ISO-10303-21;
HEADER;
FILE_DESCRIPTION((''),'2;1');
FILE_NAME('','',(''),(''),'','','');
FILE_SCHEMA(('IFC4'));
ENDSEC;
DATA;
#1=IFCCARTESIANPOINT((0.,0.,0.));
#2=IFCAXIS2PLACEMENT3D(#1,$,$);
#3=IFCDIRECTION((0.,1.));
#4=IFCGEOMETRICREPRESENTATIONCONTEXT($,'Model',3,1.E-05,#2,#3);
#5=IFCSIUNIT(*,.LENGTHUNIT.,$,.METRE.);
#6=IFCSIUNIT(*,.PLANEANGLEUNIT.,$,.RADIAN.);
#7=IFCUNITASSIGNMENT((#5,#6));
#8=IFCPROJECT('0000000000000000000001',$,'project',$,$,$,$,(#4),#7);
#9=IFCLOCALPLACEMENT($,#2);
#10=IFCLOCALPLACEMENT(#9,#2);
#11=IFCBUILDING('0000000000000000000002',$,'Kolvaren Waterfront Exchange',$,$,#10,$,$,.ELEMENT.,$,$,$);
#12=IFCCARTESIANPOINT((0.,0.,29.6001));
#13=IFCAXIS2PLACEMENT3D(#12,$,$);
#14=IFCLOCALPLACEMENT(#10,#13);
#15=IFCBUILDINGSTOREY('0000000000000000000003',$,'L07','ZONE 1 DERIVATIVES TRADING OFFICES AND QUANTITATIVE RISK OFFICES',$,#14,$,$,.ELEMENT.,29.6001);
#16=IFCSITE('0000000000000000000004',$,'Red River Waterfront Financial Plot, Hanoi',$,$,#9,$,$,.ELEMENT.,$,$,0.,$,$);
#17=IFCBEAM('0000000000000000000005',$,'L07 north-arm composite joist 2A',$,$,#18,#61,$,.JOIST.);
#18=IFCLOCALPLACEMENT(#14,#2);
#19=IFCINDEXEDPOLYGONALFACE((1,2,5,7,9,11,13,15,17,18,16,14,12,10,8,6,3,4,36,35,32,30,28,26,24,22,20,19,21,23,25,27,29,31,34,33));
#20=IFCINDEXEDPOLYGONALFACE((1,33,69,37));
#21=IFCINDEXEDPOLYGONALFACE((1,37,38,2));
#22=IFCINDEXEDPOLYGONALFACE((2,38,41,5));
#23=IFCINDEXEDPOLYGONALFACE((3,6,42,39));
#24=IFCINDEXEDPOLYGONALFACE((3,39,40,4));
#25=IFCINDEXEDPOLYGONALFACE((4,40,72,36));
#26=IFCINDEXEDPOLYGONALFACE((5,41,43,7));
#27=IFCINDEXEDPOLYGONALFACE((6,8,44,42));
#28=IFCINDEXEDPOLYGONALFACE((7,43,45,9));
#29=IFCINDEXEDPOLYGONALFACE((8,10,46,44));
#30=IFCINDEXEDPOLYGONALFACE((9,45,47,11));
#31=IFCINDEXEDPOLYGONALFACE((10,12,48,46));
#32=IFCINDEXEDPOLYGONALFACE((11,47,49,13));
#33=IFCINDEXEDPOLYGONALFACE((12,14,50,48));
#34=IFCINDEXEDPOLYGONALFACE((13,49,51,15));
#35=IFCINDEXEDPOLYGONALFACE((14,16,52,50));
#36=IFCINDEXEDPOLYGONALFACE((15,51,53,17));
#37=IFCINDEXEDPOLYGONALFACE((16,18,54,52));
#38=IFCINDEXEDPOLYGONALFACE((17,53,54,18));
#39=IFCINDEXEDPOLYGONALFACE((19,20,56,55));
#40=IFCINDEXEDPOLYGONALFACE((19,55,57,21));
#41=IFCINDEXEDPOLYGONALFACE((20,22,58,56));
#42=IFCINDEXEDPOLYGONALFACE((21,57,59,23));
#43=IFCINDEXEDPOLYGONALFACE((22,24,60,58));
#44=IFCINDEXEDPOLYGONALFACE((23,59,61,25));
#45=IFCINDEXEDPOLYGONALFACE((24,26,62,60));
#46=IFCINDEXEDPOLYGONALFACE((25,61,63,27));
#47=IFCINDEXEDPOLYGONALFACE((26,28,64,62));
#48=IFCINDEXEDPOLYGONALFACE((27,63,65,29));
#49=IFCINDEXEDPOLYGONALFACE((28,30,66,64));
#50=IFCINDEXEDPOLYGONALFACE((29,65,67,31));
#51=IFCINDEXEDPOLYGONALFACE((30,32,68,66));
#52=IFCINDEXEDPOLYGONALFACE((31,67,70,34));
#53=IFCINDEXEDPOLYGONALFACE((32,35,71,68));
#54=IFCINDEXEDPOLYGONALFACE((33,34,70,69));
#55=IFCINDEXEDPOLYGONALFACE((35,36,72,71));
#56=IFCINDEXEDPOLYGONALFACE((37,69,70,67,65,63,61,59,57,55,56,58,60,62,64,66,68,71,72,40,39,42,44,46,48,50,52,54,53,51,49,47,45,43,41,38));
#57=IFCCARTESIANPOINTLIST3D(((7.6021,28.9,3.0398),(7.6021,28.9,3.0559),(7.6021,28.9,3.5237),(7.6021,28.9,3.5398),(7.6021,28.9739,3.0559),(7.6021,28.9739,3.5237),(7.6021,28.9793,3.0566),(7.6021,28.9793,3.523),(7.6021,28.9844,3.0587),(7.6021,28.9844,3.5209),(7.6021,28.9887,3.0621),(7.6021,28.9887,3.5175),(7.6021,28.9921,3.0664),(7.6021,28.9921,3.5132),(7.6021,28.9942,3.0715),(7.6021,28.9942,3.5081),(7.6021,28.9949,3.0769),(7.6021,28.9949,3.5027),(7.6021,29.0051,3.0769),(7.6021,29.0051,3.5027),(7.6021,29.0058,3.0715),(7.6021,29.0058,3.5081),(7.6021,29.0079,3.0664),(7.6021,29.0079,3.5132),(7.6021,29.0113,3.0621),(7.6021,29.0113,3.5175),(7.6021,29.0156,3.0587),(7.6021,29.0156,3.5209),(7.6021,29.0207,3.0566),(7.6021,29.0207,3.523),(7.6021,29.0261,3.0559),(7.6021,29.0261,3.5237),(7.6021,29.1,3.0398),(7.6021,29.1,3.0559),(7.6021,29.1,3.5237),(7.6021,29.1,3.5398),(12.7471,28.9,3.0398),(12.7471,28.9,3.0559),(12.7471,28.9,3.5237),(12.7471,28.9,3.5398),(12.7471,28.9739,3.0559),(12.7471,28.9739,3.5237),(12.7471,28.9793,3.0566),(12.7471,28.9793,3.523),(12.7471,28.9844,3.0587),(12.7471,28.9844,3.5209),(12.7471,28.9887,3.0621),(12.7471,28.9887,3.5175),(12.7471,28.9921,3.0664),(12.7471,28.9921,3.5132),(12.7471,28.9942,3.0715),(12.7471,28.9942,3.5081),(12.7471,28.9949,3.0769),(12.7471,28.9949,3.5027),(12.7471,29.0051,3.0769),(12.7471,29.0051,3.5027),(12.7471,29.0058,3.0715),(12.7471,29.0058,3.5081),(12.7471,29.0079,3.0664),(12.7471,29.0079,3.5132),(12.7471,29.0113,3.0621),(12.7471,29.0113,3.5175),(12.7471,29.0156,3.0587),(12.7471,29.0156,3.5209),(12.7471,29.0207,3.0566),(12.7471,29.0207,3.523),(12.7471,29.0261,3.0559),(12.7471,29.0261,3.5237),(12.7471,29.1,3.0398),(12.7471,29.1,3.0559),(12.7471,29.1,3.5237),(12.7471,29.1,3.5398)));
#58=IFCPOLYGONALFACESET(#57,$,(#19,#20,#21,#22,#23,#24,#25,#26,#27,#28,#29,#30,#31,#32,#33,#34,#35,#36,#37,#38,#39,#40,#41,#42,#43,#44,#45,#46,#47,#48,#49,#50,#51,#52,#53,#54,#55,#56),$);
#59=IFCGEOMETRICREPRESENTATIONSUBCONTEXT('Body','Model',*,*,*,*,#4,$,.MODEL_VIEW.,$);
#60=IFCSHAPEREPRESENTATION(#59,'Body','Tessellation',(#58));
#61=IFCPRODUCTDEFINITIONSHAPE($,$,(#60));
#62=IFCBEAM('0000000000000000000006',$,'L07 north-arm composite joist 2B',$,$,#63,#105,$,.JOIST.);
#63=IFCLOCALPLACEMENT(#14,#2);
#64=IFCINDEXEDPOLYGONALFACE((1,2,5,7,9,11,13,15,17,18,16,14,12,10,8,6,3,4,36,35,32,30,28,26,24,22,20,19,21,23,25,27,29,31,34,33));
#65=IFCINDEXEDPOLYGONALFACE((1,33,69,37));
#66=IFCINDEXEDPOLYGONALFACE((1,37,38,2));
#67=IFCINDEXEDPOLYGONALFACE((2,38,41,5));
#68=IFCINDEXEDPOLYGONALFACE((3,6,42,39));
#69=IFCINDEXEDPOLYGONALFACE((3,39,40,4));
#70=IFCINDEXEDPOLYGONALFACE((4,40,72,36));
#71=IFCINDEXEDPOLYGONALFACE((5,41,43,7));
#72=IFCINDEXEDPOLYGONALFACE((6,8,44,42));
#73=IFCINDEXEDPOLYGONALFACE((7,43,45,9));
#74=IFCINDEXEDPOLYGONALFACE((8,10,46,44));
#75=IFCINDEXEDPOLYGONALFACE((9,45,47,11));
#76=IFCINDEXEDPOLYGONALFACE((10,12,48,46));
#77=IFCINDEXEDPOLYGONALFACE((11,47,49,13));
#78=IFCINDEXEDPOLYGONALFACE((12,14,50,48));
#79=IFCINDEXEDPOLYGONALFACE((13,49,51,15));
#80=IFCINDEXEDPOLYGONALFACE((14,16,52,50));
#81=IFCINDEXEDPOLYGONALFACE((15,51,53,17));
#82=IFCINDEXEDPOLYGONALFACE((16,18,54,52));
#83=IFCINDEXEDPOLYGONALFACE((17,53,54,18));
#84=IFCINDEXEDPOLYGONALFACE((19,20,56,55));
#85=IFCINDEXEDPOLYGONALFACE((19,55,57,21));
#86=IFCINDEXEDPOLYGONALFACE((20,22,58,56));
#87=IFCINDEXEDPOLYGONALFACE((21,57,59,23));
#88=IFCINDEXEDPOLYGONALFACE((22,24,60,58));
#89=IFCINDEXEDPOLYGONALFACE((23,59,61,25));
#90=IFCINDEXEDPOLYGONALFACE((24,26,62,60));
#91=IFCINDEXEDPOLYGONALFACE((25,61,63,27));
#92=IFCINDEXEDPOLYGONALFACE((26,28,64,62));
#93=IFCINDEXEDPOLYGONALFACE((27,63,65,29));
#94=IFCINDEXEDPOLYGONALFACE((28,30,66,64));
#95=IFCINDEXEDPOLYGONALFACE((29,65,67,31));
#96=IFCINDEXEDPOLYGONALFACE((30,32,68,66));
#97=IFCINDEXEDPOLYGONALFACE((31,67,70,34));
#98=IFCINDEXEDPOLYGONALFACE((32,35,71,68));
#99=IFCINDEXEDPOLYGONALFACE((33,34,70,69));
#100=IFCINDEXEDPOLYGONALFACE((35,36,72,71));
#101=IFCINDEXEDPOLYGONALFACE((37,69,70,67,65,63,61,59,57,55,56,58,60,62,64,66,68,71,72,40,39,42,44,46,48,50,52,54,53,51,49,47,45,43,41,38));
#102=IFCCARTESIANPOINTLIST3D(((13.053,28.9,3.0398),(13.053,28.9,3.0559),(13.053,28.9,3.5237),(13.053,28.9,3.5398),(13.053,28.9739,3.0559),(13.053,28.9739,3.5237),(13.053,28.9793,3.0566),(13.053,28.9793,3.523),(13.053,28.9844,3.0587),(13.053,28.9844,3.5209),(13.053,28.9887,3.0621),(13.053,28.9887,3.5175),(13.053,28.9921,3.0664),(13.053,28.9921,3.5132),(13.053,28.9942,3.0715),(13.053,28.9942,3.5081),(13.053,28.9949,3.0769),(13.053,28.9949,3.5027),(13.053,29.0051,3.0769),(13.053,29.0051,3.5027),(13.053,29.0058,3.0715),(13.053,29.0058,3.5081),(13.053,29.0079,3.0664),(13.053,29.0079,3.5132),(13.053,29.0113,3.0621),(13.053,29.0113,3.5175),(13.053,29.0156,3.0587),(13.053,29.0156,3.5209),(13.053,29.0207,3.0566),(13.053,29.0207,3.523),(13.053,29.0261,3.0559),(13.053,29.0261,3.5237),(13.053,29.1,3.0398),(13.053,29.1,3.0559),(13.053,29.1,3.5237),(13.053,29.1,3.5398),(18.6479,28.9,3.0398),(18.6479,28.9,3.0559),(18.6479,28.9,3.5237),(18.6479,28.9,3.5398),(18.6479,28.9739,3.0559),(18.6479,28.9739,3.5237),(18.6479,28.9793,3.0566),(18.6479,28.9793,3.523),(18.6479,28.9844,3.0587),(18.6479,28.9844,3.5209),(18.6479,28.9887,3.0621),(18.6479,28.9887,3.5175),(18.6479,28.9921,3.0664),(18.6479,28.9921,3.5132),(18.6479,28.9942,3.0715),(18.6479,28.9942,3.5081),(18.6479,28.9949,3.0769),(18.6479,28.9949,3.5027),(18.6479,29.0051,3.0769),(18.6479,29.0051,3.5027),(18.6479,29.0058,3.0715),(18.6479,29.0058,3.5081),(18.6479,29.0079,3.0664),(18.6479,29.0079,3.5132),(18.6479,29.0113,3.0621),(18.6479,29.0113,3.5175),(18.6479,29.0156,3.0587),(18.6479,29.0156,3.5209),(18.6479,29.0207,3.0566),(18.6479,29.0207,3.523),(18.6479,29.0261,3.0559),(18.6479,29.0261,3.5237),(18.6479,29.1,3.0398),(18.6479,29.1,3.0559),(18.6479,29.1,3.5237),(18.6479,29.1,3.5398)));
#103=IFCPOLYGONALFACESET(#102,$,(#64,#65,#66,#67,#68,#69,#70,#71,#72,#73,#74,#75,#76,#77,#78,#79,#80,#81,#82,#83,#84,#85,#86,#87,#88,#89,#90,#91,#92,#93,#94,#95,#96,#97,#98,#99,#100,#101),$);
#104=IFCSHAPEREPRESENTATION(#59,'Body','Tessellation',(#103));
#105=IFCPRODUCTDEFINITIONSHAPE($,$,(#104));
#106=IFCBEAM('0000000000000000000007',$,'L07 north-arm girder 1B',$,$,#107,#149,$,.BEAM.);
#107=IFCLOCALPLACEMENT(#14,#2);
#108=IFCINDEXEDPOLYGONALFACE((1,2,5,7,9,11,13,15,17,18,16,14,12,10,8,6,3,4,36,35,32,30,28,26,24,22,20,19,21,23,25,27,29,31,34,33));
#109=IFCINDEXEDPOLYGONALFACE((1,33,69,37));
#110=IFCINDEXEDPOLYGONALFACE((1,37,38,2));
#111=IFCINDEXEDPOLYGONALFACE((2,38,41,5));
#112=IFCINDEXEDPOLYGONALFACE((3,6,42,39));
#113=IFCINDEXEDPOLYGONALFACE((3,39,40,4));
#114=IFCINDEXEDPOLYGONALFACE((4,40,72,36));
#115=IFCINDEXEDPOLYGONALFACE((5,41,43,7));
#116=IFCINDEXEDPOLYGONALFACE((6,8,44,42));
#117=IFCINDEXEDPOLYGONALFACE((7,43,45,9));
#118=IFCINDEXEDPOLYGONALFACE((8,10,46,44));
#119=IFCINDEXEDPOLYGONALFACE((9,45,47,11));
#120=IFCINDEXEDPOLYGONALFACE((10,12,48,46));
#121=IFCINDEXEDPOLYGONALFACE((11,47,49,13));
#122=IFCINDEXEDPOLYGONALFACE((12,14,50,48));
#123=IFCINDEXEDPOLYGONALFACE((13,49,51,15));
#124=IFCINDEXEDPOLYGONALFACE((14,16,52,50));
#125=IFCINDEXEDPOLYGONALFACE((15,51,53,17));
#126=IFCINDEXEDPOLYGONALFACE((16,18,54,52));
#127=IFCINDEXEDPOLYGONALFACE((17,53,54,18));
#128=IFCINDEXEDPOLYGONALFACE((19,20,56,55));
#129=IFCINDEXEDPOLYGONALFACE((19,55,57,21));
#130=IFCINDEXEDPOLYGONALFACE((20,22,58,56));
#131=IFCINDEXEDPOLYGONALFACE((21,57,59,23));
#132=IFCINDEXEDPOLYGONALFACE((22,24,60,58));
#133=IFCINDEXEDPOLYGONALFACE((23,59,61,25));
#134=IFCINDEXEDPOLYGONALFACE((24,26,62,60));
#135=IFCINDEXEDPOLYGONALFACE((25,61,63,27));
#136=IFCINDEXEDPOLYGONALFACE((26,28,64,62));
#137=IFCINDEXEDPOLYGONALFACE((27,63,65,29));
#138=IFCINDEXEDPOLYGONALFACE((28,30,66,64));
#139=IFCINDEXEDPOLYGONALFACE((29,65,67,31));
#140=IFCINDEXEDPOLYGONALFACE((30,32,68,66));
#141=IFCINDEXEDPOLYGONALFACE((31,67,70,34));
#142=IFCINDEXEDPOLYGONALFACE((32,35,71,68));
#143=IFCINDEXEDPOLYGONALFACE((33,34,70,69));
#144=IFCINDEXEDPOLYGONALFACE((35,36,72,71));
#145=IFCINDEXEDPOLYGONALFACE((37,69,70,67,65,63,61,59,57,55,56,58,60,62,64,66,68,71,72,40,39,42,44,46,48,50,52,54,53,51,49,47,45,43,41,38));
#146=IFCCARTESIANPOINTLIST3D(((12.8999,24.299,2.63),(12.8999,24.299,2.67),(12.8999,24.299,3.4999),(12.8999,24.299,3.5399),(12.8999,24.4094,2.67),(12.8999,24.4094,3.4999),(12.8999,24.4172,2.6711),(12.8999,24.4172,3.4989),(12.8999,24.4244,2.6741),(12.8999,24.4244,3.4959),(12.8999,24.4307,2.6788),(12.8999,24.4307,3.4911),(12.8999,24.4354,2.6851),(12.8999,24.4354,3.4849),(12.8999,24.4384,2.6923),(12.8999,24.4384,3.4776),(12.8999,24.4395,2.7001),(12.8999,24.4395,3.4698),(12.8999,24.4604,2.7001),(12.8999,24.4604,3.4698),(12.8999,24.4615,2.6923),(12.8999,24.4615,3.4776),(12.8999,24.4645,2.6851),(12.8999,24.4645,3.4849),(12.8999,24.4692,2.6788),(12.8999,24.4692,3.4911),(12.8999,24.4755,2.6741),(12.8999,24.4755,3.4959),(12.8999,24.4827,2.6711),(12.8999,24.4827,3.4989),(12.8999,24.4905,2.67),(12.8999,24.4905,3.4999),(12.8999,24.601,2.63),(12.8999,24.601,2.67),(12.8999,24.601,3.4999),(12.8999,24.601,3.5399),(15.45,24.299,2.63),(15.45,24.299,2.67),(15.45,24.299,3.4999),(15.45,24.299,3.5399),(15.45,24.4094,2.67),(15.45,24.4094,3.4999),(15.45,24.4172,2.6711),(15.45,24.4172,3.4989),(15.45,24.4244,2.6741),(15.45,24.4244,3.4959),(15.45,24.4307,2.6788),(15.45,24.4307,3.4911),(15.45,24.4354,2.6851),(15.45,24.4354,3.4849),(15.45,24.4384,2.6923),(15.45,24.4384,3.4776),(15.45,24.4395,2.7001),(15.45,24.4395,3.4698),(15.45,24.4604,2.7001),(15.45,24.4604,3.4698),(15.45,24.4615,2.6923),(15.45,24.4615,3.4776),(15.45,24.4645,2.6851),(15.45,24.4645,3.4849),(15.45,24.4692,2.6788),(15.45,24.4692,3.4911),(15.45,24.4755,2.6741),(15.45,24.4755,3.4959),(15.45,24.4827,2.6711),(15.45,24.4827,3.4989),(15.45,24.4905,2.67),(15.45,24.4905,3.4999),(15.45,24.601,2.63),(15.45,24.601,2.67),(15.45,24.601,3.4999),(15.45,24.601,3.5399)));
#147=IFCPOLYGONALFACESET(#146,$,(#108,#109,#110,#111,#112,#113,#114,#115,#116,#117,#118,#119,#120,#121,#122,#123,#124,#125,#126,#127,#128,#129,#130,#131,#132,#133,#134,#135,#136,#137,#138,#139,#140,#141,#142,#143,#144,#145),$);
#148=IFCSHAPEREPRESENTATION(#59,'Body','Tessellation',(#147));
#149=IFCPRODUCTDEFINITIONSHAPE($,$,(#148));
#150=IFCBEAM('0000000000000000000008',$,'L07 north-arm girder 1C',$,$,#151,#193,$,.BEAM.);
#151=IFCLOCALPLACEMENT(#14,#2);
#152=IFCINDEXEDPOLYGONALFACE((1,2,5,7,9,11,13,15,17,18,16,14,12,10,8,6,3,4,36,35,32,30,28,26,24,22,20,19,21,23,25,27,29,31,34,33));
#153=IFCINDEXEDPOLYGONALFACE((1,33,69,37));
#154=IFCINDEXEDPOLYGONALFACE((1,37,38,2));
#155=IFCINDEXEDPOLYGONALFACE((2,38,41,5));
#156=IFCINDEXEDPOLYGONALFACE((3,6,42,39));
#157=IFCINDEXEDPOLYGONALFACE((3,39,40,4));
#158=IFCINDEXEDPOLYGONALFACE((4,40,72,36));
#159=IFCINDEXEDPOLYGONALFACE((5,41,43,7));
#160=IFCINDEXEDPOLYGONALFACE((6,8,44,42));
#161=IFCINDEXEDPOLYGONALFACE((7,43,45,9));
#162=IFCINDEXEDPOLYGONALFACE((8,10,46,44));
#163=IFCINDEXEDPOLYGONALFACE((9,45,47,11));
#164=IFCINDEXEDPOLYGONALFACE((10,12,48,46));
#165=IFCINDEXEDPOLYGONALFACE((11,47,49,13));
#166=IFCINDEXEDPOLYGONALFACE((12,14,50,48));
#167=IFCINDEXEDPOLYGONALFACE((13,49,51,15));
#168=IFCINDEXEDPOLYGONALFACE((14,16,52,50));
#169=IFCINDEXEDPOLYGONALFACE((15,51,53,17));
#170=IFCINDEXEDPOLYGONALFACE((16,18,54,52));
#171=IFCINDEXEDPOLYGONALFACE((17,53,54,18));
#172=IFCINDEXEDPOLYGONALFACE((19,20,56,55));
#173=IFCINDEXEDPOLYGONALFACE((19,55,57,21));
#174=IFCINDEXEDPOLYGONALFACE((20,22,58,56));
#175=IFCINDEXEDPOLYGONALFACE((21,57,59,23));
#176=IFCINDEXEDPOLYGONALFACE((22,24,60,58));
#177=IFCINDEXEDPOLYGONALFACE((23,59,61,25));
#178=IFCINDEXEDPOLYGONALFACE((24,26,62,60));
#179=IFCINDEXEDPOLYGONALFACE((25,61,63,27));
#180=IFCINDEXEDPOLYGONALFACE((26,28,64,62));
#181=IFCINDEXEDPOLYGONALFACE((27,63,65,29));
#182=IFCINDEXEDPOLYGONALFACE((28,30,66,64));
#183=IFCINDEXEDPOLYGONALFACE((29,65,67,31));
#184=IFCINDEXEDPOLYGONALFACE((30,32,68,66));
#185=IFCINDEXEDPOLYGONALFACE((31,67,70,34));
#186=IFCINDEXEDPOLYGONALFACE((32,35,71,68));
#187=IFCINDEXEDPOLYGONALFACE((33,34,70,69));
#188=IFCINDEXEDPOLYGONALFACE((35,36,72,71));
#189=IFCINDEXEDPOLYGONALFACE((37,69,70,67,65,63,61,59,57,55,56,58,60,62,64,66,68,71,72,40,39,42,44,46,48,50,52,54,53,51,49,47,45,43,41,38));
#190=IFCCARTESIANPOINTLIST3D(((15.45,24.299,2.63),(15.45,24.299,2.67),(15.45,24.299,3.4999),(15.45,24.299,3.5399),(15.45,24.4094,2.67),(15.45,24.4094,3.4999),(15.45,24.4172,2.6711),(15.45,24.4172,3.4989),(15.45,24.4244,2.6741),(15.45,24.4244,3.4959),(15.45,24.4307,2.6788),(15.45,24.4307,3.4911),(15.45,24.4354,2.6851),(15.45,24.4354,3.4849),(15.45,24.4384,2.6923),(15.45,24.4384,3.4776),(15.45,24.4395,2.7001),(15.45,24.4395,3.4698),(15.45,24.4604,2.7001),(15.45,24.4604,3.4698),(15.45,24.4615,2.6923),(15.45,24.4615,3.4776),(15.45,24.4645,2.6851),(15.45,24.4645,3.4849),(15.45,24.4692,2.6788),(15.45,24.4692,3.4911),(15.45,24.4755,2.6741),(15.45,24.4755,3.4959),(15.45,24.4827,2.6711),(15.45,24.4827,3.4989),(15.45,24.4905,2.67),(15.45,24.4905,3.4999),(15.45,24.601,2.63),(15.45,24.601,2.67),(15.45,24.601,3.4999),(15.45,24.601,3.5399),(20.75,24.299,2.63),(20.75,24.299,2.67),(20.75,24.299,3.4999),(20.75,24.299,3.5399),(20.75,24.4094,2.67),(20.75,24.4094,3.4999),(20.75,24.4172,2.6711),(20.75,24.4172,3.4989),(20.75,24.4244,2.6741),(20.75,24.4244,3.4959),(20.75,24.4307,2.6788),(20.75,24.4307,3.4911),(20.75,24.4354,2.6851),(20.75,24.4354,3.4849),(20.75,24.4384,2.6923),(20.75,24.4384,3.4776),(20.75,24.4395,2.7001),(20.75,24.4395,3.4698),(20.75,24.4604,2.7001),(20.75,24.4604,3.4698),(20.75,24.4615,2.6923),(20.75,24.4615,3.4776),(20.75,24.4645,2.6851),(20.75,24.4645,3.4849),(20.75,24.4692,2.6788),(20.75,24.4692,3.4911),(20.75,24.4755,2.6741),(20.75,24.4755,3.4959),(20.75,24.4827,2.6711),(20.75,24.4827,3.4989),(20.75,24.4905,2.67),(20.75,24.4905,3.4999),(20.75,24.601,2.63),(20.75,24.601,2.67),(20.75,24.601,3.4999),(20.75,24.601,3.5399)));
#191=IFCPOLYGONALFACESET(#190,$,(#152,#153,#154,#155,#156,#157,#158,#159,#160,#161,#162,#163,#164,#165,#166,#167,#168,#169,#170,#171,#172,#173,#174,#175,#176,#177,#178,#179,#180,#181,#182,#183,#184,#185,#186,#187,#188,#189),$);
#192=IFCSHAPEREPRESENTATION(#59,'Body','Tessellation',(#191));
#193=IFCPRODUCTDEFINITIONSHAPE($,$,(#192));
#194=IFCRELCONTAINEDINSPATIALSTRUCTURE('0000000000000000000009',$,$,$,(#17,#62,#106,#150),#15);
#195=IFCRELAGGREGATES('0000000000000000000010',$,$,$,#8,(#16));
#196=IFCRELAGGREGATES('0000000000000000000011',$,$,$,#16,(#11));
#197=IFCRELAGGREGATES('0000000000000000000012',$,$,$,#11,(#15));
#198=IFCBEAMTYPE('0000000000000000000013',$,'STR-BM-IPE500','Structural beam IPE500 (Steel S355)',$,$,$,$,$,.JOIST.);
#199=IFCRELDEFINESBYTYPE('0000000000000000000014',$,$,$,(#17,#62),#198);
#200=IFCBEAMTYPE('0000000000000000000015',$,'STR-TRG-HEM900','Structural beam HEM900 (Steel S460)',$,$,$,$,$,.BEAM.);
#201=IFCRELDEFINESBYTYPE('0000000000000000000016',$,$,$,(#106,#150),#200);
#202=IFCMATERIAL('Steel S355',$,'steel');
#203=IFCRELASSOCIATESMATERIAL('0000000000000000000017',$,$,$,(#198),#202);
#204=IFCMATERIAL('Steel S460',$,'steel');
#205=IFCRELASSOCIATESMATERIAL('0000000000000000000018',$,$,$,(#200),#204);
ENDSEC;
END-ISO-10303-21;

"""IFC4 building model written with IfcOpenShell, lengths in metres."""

from ifc_helpers import new_model, si_unit, direction, frame, origin, origin_2d, place, context, subcontext, project, spatial, i_section, extrude, material, material_profile, profile_set, type_object, element, save


model = new_model("IFC4")

# Units and contexts
model_context = context("Model", 3, precision=1e-05, world=origin(), true_north=direction((0.0, 1.0)))
body_context = subcontext(model_context, "Body", "Model", "MODEL_VIEW")
ifc_project = project(units=[si_unit("LENGTHUNIT", "METRE"), si_unit("PLANEANGLEUNIT", "RADIAN")], contexts=[model_context])

# Site, building, storey
site_placement = place(None, origin())
site = spatial("IfcSite", under=ifc_project, at=site_placement, Name="Red River Waterfront Financial Plot, Hanoi", CompositionType="ELEMENT", RefElevation=0.0)
building_placement = place(site_placement, origin())
building = spatial("IfcBuilding", under=site, at=building_placement, Name="Kolvaren Waterfront Exchange", CompositionType="ELEMENT")
storey_placement = place(building_placement, frame((0.0, 0.0, 29.6001)))
storey = spatial("IfcBuildingStorey", under=building, at=storey_placement, Name="L07", Description="ZONE 1 DERIVATIVES TRADING OFFICES AND QUANTITATIVE RISK OFFICES", CompositionType="ELEMENT", Elevation=29.6001)

# Beams
ifc_material_1 = material(Name="Steel S355", Category="steel")
ifc_material_profile_1 = material_profile(ifc_material_1, i_section(OverallWidth=0.2, OverallDepth=0.5, WebThickness=0.0103, FlangeThickness=0.0161, FilletRadius=0.021, at=origin_2d()), Name="IPE500")
ifc_profile_set_1 = profile_set([ifc_material_profile_1], Name="Steel S355")
beam_type_1 = type_object("IfcBeamType", Name="STR-BM-IPE500", Description="Structural beam IPE500 (Steel S355)", PredefinedType="JOIST", material=ifc_profile_set_1)
beam_1_placement = place(storey_placement, frame((7.6021, 29.0, 3.2898), z_axis=(1.0, 0.0, 0.0), x_axis=(0.0, 1.0, 0.0)))
element("IfcBeam", 1, at=beam_1_placement, inside=storey, type_object=beam_type_1, Name="L07 north-arm composite joist 2A", PredefinedType="JOIST", context=body_context, shape_type="SweptSolid", body=[
    extrude(i_section(OverallWidth=0.2, OverallDepth=0.5, WebThickness=0.0103, FlangeThickness=0.0161, FilletRadius=0.021, at=origin_2d()), origin(), (0.0, 0.0, 1.0), 5.145),
])
beam_2_placement = place(storey_placement, frame((13.053, 29.0, 3.2898), z_axis=(1.0, 0.0, 0.0), x_axis=(0.0, 1.0, 0.0)))
element("IfcBeam", 2, at=beam_2_placement, inside=storey, type_object=beam_type_1, Name="L07 north-arm composite joist 2B", PredefinedType="JOIST", context=body_context, shape_type="SweptSolid", body=[
    extrude(i_section(OverallWidth=0.2, OverallDepth=0.5, WebThickness=0.0103, FlangeThickness=0.0161, FilletRadius=0.021, at=origin_2d()), origin(), (0.0, 0.0, 1.0), 5.595),
])
ifc_material_2 = material(Name="Steel S460", Category="steel")
ifc_material_profile_2 = material_profile(ifc_material_2, i_section(OverallWidth=0.302, OverallDepth=0.9099, WebThickness=0.021, FlangeThickness=0.04, FilletRadius=0.03, at=origin_2d()), Name="HEM900")
ifc_profile_set_2 = profile_set([ifc_material_profile_2], Name="Steel S460")
beam_type_2 = type_object("IfcBeamType", Name="STR-TRG-HEM900", Description="Structural beam HEM900 (Steel S460)", PredefinedType="BEAM", material=ifc_profile_set_2)
beam_3_placement = place(storey_placement, frame((12.8999, 24.45, 3.085), z_axis=(1.0, 0.0, 0.0), x_axis=(0.0, 1.0, 0.0)))
element("IfcBeam", 3, at=beam_3_placement, inside=storey, type_object=beam_type_2, Name="L07 north-arm girder 1B", PredefinedType="BEAM", context=body_context, shape_type="SweptSolid", body=[
    extrude(i_section(OverallWidth=0.302, OverallDepth=0.9099, WebThickness=0.021, FlangeThickness=0.04, FilletRadius=0.03, at=origin_2d()), origin(), (0.0, 0.0, 1.0), 2.55),
])
beam_4_placement = place(storey_placement, frame((15.45, 24.45, 3.085), z_axis=(1.0, 0.0, 0.0), x_axis=(0.0, 1.0, 0.0)))
element("IfcBeam", 4, at=beam_4_placement, inside=storey, type_object=beam_type_2, Name="L07 north-arm girder 1C", PredefinedType="BEAM", context=body_context, shape_type="SweptSolid", body=[
    extrude(i_section(OverallWidth=0.302, OverallDepth=0.9099, WebThickness=0.021, FlangeThickness=0.04, FilletRadius=0.03, at=origin_2d()), origin(), (0.0, 0.0, 1.0), 5.3),
])

save(model, "model.ifc")
